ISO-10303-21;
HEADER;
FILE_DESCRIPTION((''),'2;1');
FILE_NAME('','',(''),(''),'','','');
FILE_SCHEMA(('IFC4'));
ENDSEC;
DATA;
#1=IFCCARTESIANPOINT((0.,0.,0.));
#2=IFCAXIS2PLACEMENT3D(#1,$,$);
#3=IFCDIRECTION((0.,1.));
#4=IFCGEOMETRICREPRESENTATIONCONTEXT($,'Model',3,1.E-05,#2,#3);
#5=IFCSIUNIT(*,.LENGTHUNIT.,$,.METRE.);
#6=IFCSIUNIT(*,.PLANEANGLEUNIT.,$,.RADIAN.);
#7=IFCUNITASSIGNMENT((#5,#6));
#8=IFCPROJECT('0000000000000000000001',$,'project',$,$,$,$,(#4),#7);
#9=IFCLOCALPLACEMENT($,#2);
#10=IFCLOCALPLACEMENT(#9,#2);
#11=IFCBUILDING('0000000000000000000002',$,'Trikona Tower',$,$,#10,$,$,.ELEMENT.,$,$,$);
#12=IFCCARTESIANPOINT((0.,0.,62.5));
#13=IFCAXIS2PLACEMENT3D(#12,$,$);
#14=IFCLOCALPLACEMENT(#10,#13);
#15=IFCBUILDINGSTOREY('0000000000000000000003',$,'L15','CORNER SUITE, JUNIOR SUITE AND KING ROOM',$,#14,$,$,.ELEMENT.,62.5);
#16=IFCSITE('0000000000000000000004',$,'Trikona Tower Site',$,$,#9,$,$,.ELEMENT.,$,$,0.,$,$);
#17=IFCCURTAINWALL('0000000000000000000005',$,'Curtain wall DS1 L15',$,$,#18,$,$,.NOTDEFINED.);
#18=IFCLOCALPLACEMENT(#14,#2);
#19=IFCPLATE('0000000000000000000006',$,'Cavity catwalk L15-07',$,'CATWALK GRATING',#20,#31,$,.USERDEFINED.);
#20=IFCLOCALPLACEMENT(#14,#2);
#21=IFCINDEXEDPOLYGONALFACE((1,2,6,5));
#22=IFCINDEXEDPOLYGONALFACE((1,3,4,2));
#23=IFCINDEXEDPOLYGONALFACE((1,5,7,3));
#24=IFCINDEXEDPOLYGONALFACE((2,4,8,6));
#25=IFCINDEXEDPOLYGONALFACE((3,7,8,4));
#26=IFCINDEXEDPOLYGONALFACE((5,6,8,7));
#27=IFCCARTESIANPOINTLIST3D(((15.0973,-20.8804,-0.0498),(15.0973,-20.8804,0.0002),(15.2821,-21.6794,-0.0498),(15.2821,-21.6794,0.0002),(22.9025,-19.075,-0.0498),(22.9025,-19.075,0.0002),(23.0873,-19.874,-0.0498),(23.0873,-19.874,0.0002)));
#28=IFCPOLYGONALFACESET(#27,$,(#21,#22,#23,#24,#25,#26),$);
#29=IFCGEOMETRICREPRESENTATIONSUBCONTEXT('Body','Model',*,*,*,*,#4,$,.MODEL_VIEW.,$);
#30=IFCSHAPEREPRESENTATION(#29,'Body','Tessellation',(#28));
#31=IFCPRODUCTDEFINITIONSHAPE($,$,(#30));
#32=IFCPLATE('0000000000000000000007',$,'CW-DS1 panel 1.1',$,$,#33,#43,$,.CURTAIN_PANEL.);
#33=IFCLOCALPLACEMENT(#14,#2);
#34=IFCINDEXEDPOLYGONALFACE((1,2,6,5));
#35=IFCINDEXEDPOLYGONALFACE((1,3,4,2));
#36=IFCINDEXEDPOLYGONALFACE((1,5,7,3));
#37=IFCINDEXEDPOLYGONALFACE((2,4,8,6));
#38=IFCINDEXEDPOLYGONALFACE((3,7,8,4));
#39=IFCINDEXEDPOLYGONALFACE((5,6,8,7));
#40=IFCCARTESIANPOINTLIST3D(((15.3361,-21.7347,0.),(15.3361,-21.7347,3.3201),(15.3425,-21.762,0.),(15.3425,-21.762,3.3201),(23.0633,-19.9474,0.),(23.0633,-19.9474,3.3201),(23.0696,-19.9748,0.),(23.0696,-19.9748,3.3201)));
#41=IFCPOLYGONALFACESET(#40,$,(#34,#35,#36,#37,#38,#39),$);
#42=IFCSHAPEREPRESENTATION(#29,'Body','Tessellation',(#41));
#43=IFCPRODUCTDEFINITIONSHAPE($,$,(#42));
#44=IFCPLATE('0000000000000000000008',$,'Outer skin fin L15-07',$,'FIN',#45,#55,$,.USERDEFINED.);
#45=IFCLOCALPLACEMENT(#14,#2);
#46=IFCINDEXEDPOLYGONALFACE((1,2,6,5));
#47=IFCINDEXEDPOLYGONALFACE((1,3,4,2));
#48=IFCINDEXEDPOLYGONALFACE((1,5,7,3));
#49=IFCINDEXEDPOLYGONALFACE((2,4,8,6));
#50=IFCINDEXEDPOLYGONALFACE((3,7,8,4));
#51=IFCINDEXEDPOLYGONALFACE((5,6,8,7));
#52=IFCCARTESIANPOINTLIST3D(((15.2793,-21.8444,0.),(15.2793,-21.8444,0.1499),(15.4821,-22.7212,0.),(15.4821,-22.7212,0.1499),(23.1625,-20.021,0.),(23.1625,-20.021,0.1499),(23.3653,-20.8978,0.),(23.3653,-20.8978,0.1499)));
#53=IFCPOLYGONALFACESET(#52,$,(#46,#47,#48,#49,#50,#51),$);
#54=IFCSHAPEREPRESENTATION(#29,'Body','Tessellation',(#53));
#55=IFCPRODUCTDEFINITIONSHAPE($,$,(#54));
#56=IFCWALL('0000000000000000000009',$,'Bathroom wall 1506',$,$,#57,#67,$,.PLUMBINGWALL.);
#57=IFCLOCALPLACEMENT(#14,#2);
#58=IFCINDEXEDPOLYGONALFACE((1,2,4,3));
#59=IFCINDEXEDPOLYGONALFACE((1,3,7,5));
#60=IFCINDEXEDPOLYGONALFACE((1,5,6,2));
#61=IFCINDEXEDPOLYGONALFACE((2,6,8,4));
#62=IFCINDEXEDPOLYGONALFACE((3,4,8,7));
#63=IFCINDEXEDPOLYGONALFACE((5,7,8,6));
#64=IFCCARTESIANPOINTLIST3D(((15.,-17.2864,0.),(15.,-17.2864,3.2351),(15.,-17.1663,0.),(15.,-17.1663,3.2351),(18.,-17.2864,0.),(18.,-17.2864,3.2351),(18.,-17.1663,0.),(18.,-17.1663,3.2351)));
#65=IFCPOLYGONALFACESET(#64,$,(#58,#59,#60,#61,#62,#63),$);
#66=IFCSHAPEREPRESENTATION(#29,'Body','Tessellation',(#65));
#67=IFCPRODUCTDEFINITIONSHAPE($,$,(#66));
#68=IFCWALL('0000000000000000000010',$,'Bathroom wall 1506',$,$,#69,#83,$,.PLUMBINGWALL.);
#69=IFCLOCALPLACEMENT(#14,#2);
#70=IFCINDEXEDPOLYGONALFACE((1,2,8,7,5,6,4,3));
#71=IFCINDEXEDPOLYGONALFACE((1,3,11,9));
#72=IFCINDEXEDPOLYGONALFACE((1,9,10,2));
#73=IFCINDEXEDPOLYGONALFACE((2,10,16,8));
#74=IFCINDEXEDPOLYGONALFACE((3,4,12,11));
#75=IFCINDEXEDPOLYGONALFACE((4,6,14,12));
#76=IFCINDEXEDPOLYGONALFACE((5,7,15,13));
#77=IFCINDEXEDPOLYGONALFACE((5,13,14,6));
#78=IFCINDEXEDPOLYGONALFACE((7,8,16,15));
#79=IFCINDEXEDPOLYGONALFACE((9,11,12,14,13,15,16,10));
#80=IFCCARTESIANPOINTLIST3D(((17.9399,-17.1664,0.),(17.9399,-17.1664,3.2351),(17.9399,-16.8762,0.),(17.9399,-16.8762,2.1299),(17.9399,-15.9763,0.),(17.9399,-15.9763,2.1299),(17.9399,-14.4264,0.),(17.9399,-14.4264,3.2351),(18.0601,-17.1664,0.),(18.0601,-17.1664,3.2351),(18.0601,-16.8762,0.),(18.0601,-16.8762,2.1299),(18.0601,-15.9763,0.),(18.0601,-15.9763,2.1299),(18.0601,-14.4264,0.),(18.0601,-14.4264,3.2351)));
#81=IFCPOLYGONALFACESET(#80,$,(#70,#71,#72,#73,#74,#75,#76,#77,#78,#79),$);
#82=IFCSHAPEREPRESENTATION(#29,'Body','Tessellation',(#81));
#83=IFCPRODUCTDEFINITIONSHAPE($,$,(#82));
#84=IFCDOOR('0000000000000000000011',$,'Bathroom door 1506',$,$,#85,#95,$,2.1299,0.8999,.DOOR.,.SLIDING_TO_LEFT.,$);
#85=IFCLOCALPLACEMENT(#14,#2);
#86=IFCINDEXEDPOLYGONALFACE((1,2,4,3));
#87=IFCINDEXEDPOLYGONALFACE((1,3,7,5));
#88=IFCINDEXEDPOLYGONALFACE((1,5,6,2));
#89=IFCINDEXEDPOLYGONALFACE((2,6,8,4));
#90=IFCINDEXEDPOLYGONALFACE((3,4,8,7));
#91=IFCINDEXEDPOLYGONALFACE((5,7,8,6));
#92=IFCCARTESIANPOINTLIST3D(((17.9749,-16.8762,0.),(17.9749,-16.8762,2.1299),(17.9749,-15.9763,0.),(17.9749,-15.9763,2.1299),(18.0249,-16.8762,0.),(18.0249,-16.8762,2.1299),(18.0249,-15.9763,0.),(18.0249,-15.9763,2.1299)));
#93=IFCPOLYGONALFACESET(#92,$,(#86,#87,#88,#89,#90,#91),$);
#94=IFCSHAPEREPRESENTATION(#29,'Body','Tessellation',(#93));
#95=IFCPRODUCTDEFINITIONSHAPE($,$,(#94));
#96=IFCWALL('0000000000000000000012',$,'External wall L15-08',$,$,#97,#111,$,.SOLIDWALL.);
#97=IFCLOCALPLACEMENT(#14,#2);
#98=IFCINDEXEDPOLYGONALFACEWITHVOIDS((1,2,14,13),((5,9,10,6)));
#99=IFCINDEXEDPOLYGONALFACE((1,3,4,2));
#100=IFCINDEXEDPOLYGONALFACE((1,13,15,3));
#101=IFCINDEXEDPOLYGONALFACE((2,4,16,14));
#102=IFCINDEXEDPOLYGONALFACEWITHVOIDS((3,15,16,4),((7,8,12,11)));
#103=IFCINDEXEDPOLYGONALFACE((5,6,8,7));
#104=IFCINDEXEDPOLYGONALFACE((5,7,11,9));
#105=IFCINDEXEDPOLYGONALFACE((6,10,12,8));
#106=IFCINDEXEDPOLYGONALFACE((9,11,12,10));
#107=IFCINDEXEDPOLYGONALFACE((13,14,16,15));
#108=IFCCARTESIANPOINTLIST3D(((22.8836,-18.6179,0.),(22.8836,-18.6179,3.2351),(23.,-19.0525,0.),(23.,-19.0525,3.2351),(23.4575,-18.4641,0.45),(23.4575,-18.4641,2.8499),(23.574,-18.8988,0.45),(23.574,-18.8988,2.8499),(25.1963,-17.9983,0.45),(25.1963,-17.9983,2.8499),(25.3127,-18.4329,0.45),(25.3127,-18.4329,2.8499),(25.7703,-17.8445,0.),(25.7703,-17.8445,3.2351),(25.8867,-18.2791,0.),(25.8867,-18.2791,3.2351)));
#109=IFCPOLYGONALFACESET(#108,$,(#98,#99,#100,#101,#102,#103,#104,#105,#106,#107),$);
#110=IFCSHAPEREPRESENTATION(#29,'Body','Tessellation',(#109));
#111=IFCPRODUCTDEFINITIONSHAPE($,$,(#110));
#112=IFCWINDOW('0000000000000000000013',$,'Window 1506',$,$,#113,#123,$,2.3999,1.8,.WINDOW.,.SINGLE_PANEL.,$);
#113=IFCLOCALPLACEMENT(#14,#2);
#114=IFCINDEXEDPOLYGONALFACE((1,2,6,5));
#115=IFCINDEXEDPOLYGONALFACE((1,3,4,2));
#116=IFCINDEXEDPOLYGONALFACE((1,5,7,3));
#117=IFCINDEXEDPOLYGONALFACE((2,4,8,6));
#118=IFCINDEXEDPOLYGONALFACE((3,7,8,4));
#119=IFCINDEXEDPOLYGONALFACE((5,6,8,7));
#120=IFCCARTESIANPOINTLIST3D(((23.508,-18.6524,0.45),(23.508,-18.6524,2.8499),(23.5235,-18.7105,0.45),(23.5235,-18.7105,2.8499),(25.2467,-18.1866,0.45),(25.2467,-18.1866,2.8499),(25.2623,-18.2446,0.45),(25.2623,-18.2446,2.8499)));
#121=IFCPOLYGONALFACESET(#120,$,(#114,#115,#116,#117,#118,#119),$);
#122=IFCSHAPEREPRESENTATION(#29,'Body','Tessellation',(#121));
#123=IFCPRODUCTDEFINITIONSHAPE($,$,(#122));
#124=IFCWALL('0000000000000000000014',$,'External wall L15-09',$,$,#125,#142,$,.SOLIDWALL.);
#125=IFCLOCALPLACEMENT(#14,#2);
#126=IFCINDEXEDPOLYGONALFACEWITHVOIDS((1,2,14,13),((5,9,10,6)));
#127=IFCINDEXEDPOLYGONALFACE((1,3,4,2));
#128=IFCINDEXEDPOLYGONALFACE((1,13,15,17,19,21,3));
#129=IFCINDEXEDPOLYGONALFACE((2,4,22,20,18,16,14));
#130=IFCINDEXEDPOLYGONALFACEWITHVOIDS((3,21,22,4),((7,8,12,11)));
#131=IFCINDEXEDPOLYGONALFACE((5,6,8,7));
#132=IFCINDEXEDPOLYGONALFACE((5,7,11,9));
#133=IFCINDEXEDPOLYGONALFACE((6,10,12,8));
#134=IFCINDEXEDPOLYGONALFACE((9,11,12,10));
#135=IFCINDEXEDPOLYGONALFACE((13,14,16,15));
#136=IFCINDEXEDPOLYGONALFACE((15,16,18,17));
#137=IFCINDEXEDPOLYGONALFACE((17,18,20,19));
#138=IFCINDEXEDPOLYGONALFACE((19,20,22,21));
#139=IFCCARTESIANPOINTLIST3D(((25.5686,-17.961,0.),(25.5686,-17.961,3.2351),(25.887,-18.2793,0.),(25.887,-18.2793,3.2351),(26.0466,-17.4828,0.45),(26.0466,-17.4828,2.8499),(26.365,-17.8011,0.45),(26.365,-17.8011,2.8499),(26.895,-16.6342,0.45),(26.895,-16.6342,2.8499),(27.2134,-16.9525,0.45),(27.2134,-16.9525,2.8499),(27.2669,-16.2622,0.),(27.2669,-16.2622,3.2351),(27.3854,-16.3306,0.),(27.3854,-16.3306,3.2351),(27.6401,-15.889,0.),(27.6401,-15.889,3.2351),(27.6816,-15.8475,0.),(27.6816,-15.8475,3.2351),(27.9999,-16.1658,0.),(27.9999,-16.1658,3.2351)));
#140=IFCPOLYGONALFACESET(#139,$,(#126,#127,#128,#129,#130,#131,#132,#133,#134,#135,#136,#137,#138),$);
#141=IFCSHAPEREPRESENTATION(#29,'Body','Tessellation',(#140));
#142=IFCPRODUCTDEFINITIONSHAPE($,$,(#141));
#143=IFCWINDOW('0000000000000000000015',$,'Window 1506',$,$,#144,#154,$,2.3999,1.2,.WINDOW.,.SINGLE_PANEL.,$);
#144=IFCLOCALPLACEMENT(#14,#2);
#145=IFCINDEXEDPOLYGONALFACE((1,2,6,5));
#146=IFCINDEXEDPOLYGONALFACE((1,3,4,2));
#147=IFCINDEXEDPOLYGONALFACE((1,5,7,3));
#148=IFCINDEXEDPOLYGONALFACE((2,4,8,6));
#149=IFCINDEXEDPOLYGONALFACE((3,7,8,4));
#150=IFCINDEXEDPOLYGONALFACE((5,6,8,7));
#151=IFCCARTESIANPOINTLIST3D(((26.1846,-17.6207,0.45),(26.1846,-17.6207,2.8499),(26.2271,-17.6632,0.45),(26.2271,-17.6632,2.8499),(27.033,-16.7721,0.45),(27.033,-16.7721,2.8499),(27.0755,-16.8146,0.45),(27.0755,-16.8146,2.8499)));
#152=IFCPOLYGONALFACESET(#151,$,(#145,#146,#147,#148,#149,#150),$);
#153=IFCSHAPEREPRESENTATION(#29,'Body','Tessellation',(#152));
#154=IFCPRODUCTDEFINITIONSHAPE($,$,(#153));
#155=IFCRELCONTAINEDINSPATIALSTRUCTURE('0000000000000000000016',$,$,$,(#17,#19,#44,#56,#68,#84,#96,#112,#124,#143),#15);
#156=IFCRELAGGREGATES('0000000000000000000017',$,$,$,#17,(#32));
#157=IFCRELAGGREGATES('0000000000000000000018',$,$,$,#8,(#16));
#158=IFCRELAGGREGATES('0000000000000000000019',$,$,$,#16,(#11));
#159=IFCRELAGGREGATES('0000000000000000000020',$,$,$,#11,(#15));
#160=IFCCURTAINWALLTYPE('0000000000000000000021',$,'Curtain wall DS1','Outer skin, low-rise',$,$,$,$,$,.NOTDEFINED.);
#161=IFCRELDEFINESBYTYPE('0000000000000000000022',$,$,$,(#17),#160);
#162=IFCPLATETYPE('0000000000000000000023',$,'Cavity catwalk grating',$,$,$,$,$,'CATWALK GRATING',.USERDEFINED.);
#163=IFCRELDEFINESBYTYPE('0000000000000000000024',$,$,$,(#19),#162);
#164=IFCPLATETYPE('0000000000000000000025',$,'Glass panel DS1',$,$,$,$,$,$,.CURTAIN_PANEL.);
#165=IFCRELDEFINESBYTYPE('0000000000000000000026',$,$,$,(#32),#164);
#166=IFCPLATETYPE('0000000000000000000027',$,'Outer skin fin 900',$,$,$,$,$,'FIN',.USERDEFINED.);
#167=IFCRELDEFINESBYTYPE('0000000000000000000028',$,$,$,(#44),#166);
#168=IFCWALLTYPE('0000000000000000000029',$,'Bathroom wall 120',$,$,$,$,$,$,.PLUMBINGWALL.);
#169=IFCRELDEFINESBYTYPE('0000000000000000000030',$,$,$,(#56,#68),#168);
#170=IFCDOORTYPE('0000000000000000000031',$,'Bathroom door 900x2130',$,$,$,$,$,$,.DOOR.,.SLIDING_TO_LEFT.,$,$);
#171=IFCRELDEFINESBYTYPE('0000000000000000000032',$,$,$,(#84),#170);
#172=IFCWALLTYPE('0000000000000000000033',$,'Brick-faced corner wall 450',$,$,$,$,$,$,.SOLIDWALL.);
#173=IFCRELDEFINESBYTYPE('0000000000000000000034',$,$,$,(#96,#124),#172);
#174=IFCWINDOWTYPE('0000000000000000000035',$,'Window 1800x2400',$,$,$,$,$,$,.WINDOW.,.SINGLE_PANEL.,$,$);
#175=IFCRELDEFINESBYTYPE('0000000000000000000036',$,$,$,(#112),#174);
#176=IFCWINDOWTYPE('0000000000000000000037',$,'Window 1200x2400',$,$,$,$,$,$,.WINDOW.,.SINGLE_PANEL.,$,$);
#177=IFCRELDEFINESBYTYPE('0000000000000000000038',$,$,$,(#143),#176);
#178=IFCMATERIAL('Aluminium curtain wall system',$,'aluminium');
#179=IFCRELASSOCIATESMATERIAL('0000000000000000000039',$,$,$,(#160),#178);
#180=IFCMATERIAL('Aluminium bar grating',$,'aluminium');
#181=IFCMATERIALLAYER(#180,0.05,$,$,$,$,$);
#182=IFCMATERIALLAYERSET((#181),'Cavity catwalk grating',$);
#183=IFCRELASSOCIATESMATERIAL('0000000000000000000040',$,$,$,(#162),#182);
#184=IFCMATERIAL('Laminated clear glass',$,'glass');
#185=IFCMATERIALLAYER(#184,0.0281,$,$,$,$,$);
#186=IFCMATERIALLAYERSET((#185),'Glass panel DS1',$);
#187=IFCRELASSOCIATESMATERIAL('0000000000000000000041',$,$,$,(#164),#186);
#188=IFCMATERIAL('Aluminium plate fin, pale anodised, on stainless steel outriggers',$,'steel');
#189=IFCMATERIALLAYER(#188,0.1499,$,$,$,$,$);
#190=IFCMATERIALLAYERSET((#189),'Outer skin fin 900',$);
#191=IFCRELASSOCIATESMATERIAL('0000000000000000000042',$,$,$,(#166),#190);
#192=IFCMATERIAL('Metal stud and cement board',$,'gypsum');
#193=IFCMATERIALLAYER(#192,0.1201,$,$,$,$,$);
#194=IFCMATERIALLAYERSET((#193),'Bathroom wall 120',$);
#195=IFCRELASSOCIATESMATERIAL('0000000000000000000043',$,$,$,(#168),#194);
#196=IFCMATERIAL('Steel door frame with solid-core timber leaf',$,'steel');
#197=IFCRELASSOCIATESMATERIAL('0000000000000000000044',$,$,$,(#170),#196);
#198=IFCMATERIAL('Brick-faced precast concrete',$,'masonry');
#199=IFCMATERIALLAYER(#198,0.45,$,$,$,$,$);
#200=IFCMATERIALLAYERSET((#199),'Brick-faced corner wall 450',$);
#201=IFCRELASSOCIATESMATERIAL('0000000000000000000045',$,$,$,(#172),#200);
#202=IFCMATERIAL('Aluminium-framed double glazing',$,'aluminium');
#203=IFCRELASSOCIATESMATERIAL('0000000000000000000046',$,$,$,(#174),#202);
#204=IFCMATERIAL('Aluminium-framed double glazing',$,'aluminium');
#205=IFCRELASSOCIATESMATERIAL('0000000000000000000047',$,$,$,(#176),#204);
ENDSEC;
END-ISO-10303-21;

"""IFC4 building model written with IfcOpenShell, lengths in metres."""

from ifc_helpers import new_model, si_unit, direction, frame, frame_2d, origin, origin_2d, place, context, subcontext, project, spatial, polyline, rectangle, outline, extrude, material, layer, layer_set, type_object, element, fill, aggregate, save


model = new_model("IFC4")

# Units and contexts
model_context = context("Model", 3, precision=1e-05, world=origin(), true_north=direction((0.0, 1.0)))
body_context = subcontext(model_context, "Body", "Model", "MODEL_VIEW")
ifc_project = project(units=[si_unit("LENGTHUNIT", "METRE"), si_unit("PLANEANGLEUNIT", "RADIAN")], contexts=[model_context])

# Site, building, storey
site_placement = place(None, origin())
site = spatial("IfcSite", under=ifc_project, at=site_placement, Name="Trikona Tower Site", CompositionType="ELEMENT", RefElevation=0.0)
building_placement = place(site_placement, origin())
building = spatial("IfcBuilding", under=site, at=building_placement, Name="Trikona Tower", CompositionType="ELEMENT")
storey_placement = place(building_placement, frame((0.0, 0.0, 62.5)))
storey = spatial("IfcBuildingStorey", under=building, at=storey_placement, Name="L15", Description="CORNER SUITE, JUNIOR SUITE AND KING ROOM", CompositionType="ELEMENT", Elevation=62.5)

# Shared definitions
ifc_material_1 = material(Name="Aluminium curtain wall system", Category="aluminium")
curtain_wall_type = type_object("IfcCurtainWallType", Name="Curtain wall DS1", Description="Outer skin, low-rise", PredefinedType="NOTDEFINED", material=ifc_material_1)

# Curtain wall
curtain_wall_1_placement = place(storey_placement, origin())
curtain_wall_1 = element("IfcCurtainWall", 1, at=curtain_wall_1_placement, inside=storey, type_object=curtain_wall_type, Name="Curtain wall DS1 L15", PredefinedType="NOTDEFINED")

# Plates
ifc_material_2 = material(Name="Aluminium bar grating", Category="aluminium")
ifc_layer_1 = layer(ifc_material_2, 0.05)
ifc_layer_set_1 = layer_set([ifc_layer_1], Name="Cavity catwalk grating")
plate_type_1 = type_object("IfcPlateType", Name="Cavity catwalk grating", ElementType="CATWALK GRATING", PredefinedType="USERDEFINED", material=ifc_layer_set_1)
plate_1_placement = place(storey_placement, frame((19.0923, -20.3772, -0.0498), z_axis=(0.0, 0.0, 1.0), x_axis=(0.974278, 0.225351, 0.0)))
element("IfcPlate", 2, at=plate_1_placement, inside=storey, type_object=plate_type_1, Name="Cavity catwalk L15-07", ObjectType="CATWALK GRATING", PredefinedType="USERDEFINED", context=body_context, shape_type="SweptSolid", body=[
    extrude(rectangle(XDim=8.0112, YDim=0.8201, at=origin_2d()), origin(), (0.0, 0.0, 1.0), 0.05),
])
ifc_material_3 = material(Name="Laminated clear glass", Category="glass")
ifc_layer_2 = layer(ifc_material_3, 0.0281)
ifc_layer_set_2 = layer_set([ifc_layer_2], Name="Glass panel DS1")
plate_type_2 = type_object("IfcPlateType", Name="Glass panel DS1", PredefinedType="CURTAIN_PANEL", material=ifc_layer_set_2)
plate_2_placement = place(storey_placement, frame((19.2029, -20.8547, 0.0), z_axis=(0.0, 0.0, 1.0), x_axis=(0.974279, 0.225343, 0.0)))
plate_2 = element("IfcPlate", 3, at=plate_2_placement, type_object=plate_type_2, Name="CW-DS1 panel 1.1", PredefinedType="CURTAIN_PANEL", context=body_context, shape_type="SweptSolid", body=[
    extrude(rectangle(XDim=7.9312, YDim=0.0281, at=origin_2d()), origin(), (0.0, 0.0, 1.0), 3.3201),
])
aggregate(curtain_wall_1, [plate_2])
ifc_material_4 = material(Name="Aluminium plate fin, pale anodised, on stainless steel outriggers", Category="steel")
ifc_layer_3 = layer(ifc_material_4, 0.1499)
ifc_layer_set_3 = layer_set([ifc_layer_3], Name="Outer skin fin 900")
plate_type_3 = type_object("IfcPlateType", Name="Outer skin fin 900", ElementType="FIN", PredefinedType="USERDEFINED", material=ifc_layer_set_3)
plate_3_placement = place(storey_placement, frame((19.3223, -21.3711, 0.0), z_axis=(0.0, 0.0, 1.0), x_axis=(0.974278, 0.225351, 0.0)))
element("IfcPlate", 4, at=plate_3_placement, inside=storey, type_object=plate_type_3, Name="Outer skin fin L15-07", ObjectType="FIN", PredefinedType="USERDEFINED", context=body_context, shape_type="SweptSolid", body=[
    extrude(rectangle(XDim=8.0913, YDim=0.8999, at=origin_2d()), origin(), (0.0, 0.0, 1.0), 0.1499),
])

# Wall
ifc_material_5 = material(Name="Metal stud and cement board", Category="gypsum")
ifc_layer_4 = layer(ifc_material_5, 0.1201)
ifc_layer_set_4 = layer_set([ifc_layer_4], Name="Bathroom wall 120")
wall_type_1 = type_object("IfcWallType", Name="Bathroom wall 120", PredefinedType="PLUMBINGWALL", material=ifc_layer_set_4)
wall_1_placement = place(storey_placement, frame((15.0, -17.2263, 0.0), z_axis=(0.0, 0.0, 1.0), x_axis=(1.0, 0.0, 0.0)))
element("IfcWall", 5, at=wall_1_placement, inside=storey, type_object=wall_type_1, Name="Bathroom wall 1506", PredefinedType="PLUMBINGWALL", context=body_context, shape_type="SweptSolid", body=[
    extrude(rectangle(XDim=3.0, YDim=0.1201, at=frame_2d((1.5, 0.0))), origin(), (0.0, 0.0, 1.0), 3.2351),
])

# Wall, opening, door
wall_2_placement = place(storey_placement, frame((18.0, -14.4263, 0.0), z_axis=(0.0, 0.0, 1.0), x_axis=(0.0, -1.0, 0.0)))
wall_2 = element("IfcWall", 6, at=wall_2_placement, inside=storey, type_object=wall_type_1, Name="Bathroom wall 1506", PredefinedType="PLUMBINGWALL", context=body_context, shape_type="SweptSolid", body=[
    extrude(rectangle(XDim=2.74, YDim=0.1201, at=frame_2d((1.3701, 0.0))), origin(), (0.0, 0.0, 1.0), 3.2351),
])
opening_1_placement = place(wall_2_placement, frame((1.55, 0.0, 0.0)))
opening_1 = element("IfcOpeningElement", 7, at=opening_1_placement, cuts=wall_2, PredefinedType="OPENING", context=body_context, shape_type="SweptSolid", body=[
    extrude(rectangle(XDim=0.8999, YDim=2.1299, at=frame_2d((0.45, 1.0649))), frame((0.0, 0.0701, 0.0), z_axis=(0.0, -1.0, 0.0), x_axis=(1.0, 0.0, 0.0)), (0.0, 0.0, 1.0), 0.1401),
])
ifc_material_6 = material(Name="Steel door frame with solid-core timber leaf", Category="steel")
door_type = type_object("IfcDoorType", Name="Bathroom door 900x2130", OperationType="SLIDING_TO_LEFT", PredefinedType="DOOR", material=ifc_material_6)
door_placement = place(opening_1_placement, origin())
door = element("IfcDoor", 8, at=door_placement, inside=storey, type_object=door_type, Name="Bathroom door 1506", OperationType="SLIDING_TO_LEFT", OverallHeight=2.1299, OverallWidth=0.8999, PredefinedType="DOOR", context=body_context, shape_type="SweptSolid", body=[
    extrude(rectangle(XDim=0.8999, YDim=2.1299, at=frame_2d((0.45, 1.0649))), frame((0.0, 0.0249, 0.0), z_axis=(0.0, -1.0, 0.0), x_axis=(1.0, 0.0, 0.0)), (0.0, 0.0, 1.0), 0.05),
])
fill(opening_1, door)

# Walls, openings, windows
ifc_material_7 = material(Name="Brick-faced precast concrete", Category="masonry")
ifc_layer_5 = layer(ifc_material_7, 0.45)
ifc_layer_set_5 = layer_set([ifc_layer_5], Name="Brick-faced corner wall 450")
wall_type_2 = type_object("IfcWallType", Name="Brick-faced corner wall 450", PredefinedType="SOLIDWALL", material=ifc_layer_set_5)
wall_3_placement = place(storey_placement, frame((22.9419, -18.8352, 0.0), z_axis=(0.0, 0.0, 1.0), x_axis=(0.965931, 0.258801, 0.0)))
wall_3 = element("IfcWall", 9, at=wall_3_placement, inside=storey, type_object=wall_type_2, Name="External wall L15-08", PredefinedType="SOLIDWALL", context=body_context, shape_type="SweptSolid", body=[
    extrude(rectangle(XDim=2.9885, YDim=0.45, at=frame_2d((1.4941, 0.0))), origin(), (0.0, 0.0, 1.0), 3.2351),
])
opening_2_placement = place(wall_3_placement, frame((0.5942, 0.0, 0.45)))
opening_2 = element("IfcOpeningElement", 10, at=opening_2_placement, cuts=wall_3, PredefinedType="OPENING", context=body_context, shape_type="SweptSolid", body=[
    extrude(rectangle(XDim=1.8, YDim=2.3999, at=frame_2d((0.8999, 1.2))), frame((0.0, 0.2349, 0.0), z_axis=(0.0, -1.0, 0.0), x_axis=(1.0, 0.0, 0.0)), (0.0, 0.0, 1.0), 0.47),
])
ifc_material_8 = material(Name="Aluminium-framed double glazing", Category="aluminium")
window_type_1 = type_object("IfcWindowType", Name="Window 1800x2400", PartitioningType="SINGLE_PANEL", PredefinedType="WINDOW", material=ifc_material_8)
window_1_placement = place(opening_2_placement, origin())
window_1 = element("IfcWindow", 11, at=window_1_placement, inside=storey, type_object=window_type_1, Name="Window 1506", OverallHeight=2.3999, OverallWidth=1.8, PartitioningType="SINGLE_PANEL", PredefinedType="WINDOW", context=body_context, shape_type="SweptSolid", body=[
    extrude(rectangle(XDim=1.8, YDim=2.3999, at=frame_2d((0.8999, 1.2))), frame((0.0, 0.03, 0.0), z_axis=(0.0, -1.0, 0.0), x_axis=(1.0, 0.0, 0.0)), (0.0, 0.0, 1.0), 0.0601),
])
fill(opening_2, window_1)
wall_4_placement = place(storey_placement, frame((25.7278, -18.1201, 0.0), z_axis=(0.0, 0.0, 1.0), x_axis=(0.707025, 0.707188, 0.0)))
wall_4 = element("IfcWall", 12, at=wall_4_placement, inside=storey, type_object=wall_type_2, Name="External wall L15-09", PredefinedType="SOLIDWALL", context=body_context, shape_type="SweptSolid", body=[
    extrude(outline(polyline([(2.9885, 0.2251), (2.9299, 0.2251), (2.4375, 0.093), (2.4021, 0.2251), (0.0, 0.2251), (0.0, -0.2251), (2.9885, -0.2251), (2.9885, 0.2251)])), origin(), (0.0, 0.0, 1.0), 3.2351),
])
opening_3_placement = place(wall_4_placement, frame((0.676, 0.0, 0.45)))
opening_3 = element("IfcOpeningElement", 13, at=opening_3_placement, cuts=wall_4, PredefinedType="OPENING", context=body_context, shape_type="SweptSolid", body=[
    extrude(rectangle(XDim=1.2, YDim=2.3999, at=frame_2d((0.6001, 1.2))), frame((0.0, 0.2349, 0.0), z_axis=(0.0, -1.0, 0.0), x_axis=(1.0, 0.0, 0.0)), (0.0, 0.0, 1.0), 0.47),
])
ifc_material_9 = material(Name="Aluminium-framed double glazing", Category="aluminium")
window_type_2 = type_object("IfcWindowType", Name="Window 1200x2400", PartitioningType="SINGLE_PANEL", PredefinedType="WINDOW", material=ifc_material_9)
window_2_placement = place(opening_3_placement, origin())
window_2 = element("IfcWindow", 14, at=window_2_placement, inside=storey, type_object=window_type_2, Name="Window 1506", OverallHeight=2.3999, OverallWidth=1.2, PartitioningType="SINGLE_PANEL", PredefinedType="WINDOW", context=body_context, shape_type="SweptSolid", body=[
    extrude(rectangle(XDim=1.2, YDim=2.3999, at=frame_2d((0.6001, 1.2))), frame((0.0, 0.03, 0.0), z_axis=(0.0, -1.0, 0.0), x_axis=(1.0, 0.0, 0.0)), (0.0, 0.0, 1.0), 0.0601),
])
fill(opening_3, window_2)

save(model, "model.ifc")
